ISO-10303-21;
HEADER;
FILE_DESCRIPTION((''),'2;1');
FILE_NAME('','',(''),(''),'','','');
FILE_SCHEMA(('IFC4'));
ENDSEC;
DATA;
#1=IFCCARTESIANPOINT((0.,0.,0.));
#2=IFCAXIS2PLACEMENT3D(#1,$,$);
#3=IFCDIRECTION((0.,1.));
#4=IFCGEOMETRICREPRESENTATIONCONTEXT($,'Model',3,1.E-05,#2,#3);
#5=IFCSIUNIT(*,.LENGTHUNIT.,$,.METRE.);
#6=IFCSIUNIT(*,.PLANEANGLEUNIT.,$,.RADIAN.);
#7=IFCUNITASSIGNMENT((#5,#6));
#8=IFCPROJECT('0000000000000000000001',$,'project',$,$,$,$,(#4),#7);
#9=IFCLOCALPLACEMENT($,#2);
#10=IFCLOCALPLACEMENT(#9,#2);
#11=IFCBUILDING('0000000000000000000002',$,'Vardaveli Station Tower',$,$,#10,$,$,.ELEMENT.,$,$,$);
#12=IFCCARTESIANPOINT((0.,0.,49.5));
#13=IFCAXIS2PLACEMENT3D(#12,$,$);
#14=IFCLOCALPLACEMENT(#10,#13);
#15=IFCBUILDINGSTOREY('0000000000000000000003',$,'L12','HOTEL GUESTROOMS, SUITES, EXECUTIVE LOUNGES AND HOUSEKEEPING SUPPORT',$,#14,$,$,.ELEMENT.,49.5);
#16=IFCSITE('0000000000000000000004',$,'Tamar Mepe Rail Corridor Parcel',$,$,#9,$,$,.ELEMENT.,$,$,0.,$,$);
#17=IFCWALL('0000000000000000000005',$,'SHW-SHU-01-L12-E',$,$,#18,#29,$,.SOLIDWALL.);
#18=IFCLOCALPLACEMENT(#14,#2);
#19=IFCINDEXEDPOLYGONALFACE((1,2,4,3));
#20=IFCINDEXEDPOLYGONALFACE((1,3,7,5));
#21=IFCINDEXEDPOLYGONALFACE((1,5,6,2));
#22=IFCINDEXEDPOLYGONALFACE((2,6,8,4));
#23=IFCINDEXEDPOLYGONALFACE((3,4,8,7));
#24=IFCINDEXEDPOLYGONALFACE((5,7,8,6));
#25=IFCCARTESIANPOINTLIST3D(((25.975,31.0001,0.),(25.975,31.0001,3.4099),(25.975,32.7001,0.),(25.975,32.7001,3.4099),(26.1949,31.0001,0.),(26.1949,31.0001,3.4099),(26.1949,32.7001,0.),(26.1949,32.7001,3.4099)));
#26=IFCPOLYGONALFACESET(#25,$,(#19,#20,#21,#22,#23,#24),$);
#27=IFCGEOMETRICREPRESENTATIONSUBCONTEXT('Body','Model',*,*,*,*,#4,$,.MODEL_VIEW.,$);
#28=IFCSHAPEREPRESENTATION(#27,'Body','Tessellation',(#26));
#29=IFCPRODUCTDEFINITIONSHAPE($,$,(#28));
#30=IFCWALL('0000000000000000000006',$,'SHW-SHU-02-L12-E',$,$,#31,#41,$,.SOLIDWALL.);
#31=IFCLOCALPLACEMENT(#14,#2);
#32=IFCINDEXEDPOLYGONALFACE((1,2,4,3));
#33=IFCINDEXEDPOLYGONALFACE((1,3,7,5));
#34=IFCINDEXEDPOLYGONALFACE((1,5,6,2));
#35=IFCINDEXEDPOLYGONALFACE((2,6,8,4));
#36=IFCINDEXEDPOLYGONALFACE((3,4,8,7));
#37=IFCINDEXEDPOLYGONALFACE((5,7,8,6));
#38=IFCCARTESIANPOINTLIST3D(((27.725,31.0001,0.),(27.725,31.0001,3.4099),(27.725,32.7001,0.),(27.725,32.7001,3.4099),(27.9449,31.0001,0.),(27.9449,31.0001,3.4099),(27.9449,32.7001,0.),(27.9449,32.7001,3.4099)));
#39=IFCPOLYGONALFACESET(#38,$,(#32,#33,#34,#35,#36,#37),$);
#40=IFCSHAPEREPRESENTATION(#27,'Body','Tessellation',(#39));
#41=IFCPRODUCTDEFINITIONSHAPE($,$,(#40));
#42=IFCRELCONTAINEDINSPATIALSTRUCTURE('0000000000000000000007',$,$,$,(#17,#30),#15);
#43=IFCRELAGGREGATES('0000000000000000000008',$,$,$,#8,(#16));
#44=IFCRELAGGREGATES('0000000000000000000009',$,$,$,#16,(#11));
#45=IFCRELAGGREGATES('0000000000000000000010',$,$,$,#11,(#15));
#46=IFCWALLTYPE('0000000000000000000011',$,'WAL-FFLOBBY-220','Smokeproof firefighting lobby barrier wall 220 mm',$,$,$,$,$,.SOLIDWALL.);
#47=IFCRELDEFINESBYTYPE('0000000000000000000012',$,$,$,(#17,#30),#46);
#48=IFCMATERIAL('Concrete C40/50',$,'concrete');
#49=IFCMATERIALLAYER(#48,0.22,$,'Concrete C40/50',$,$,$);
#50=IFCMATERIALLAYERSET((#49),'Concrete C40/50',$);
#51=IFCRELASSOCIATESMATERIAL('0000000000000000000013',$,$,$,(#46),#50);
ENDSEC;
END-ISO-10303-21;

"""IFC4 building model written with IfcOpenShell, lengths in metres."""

from ifc_helpers import new_model, si_unit, direction, frame, frame_2d, origin, place, context, subcontext, project, spatial, rectangle, extrude, source, transform, mapped, material, layer, layer_set, type_object, element, save


model = new_model("IFC4")

# Units and contexts
model_context = context("Model", 3, precision=1e-05, world=origin(), true_north=direction((0.0, 1.0)))
body_context = subcontext(model_context, "Body", "Model", "MODEL_VIEW")
ifc_project = project(units=[si_unit("LENGTHUNIT", "METRE"), si_unit("PLANEANGLEUNIT", "RADIAN")], contexts=[model_context])

# Site, building, storey
site_placement = place(None, origin())
site = spatial("IfcSite", under=ifc_project, at=site_placement, Name="Tamar Mepe Rail Corridor Parcel", CompositionType="ELEMENT", RefElevation=0.0)
building_placement = place(site_placement, origin())
building = spatial("IfcBuilding", under=site, at=building_placement, Name="Vardaveli Station Tower", CompositionType="ELEMENT")
storey_placement = place(building_placement, frame((0.0, 0.0, 49.5)))
storey = spatial("IfcBuildingStorey", under=building, at=storey_placement, Name="L12", Description="HOTEL GUESTROOMS, SUITES, EXECUTIVE LOUNGES AND HOUSEKEEPING SUPPORT", CompositionType="ELEMENT", Elevation=49.5)

# Shared definitions
ifc_material_1 = material(Name="Concrete C40/50", Category="concrete")
ifc_layer_1 = layer(ifc_material_1, 0.22, Name="Concrete C40/50")
ifc_layer_set_1 = layer_set([ifc_layer_1], Name="Concrete C40/50")
wall_type_1 = type_object("IfcWallType", Name="WAL-FFLOBBY-220", Description="Smokeproof firefighting lobby barrier wall 220 mm", PredefinedType="SOLIDWALL", material=ifc_layer_set_1)

# Walls
shared_shape_1 = source(origin(), body_context, "Body", "SweptSolid", [
    extrude(rectangle(XDim=1.7, YDim=0.22, at=frame_2d((0.8501, 0.0))), origin(), (0.0, 0.0, 1.0), 3.4099),
])
for number, where, z_axis, x_axis, name in (
    (1, (26.085, 31.0, 0.0), (0.0, 0.0, 1.0), (0.0, 1.0, 0.0), "SHW-SHU-01-L12-E"),
    (2, (27.835, 31.0, 0.0), (0.0, 0.0, 1.0), (0.0, 1.0, 0.0), "SHW-SHU-02-L12-E"),
):
    element("IfcWall", number, at=place(storey_placement, frame(where, z_axis=z_axis, x_axis=x_axis)), inside=storey, type_object=wall_type_1, Name=name, PredefinedType="SOLIDWALL", context=body_context, shape_type="MappedRepresentation", body=[
        mapped(shared_shape_1, transform((0.0, 0.0, 0.0), scale=1.0)),
    ])

save(model, "model.ifc")
